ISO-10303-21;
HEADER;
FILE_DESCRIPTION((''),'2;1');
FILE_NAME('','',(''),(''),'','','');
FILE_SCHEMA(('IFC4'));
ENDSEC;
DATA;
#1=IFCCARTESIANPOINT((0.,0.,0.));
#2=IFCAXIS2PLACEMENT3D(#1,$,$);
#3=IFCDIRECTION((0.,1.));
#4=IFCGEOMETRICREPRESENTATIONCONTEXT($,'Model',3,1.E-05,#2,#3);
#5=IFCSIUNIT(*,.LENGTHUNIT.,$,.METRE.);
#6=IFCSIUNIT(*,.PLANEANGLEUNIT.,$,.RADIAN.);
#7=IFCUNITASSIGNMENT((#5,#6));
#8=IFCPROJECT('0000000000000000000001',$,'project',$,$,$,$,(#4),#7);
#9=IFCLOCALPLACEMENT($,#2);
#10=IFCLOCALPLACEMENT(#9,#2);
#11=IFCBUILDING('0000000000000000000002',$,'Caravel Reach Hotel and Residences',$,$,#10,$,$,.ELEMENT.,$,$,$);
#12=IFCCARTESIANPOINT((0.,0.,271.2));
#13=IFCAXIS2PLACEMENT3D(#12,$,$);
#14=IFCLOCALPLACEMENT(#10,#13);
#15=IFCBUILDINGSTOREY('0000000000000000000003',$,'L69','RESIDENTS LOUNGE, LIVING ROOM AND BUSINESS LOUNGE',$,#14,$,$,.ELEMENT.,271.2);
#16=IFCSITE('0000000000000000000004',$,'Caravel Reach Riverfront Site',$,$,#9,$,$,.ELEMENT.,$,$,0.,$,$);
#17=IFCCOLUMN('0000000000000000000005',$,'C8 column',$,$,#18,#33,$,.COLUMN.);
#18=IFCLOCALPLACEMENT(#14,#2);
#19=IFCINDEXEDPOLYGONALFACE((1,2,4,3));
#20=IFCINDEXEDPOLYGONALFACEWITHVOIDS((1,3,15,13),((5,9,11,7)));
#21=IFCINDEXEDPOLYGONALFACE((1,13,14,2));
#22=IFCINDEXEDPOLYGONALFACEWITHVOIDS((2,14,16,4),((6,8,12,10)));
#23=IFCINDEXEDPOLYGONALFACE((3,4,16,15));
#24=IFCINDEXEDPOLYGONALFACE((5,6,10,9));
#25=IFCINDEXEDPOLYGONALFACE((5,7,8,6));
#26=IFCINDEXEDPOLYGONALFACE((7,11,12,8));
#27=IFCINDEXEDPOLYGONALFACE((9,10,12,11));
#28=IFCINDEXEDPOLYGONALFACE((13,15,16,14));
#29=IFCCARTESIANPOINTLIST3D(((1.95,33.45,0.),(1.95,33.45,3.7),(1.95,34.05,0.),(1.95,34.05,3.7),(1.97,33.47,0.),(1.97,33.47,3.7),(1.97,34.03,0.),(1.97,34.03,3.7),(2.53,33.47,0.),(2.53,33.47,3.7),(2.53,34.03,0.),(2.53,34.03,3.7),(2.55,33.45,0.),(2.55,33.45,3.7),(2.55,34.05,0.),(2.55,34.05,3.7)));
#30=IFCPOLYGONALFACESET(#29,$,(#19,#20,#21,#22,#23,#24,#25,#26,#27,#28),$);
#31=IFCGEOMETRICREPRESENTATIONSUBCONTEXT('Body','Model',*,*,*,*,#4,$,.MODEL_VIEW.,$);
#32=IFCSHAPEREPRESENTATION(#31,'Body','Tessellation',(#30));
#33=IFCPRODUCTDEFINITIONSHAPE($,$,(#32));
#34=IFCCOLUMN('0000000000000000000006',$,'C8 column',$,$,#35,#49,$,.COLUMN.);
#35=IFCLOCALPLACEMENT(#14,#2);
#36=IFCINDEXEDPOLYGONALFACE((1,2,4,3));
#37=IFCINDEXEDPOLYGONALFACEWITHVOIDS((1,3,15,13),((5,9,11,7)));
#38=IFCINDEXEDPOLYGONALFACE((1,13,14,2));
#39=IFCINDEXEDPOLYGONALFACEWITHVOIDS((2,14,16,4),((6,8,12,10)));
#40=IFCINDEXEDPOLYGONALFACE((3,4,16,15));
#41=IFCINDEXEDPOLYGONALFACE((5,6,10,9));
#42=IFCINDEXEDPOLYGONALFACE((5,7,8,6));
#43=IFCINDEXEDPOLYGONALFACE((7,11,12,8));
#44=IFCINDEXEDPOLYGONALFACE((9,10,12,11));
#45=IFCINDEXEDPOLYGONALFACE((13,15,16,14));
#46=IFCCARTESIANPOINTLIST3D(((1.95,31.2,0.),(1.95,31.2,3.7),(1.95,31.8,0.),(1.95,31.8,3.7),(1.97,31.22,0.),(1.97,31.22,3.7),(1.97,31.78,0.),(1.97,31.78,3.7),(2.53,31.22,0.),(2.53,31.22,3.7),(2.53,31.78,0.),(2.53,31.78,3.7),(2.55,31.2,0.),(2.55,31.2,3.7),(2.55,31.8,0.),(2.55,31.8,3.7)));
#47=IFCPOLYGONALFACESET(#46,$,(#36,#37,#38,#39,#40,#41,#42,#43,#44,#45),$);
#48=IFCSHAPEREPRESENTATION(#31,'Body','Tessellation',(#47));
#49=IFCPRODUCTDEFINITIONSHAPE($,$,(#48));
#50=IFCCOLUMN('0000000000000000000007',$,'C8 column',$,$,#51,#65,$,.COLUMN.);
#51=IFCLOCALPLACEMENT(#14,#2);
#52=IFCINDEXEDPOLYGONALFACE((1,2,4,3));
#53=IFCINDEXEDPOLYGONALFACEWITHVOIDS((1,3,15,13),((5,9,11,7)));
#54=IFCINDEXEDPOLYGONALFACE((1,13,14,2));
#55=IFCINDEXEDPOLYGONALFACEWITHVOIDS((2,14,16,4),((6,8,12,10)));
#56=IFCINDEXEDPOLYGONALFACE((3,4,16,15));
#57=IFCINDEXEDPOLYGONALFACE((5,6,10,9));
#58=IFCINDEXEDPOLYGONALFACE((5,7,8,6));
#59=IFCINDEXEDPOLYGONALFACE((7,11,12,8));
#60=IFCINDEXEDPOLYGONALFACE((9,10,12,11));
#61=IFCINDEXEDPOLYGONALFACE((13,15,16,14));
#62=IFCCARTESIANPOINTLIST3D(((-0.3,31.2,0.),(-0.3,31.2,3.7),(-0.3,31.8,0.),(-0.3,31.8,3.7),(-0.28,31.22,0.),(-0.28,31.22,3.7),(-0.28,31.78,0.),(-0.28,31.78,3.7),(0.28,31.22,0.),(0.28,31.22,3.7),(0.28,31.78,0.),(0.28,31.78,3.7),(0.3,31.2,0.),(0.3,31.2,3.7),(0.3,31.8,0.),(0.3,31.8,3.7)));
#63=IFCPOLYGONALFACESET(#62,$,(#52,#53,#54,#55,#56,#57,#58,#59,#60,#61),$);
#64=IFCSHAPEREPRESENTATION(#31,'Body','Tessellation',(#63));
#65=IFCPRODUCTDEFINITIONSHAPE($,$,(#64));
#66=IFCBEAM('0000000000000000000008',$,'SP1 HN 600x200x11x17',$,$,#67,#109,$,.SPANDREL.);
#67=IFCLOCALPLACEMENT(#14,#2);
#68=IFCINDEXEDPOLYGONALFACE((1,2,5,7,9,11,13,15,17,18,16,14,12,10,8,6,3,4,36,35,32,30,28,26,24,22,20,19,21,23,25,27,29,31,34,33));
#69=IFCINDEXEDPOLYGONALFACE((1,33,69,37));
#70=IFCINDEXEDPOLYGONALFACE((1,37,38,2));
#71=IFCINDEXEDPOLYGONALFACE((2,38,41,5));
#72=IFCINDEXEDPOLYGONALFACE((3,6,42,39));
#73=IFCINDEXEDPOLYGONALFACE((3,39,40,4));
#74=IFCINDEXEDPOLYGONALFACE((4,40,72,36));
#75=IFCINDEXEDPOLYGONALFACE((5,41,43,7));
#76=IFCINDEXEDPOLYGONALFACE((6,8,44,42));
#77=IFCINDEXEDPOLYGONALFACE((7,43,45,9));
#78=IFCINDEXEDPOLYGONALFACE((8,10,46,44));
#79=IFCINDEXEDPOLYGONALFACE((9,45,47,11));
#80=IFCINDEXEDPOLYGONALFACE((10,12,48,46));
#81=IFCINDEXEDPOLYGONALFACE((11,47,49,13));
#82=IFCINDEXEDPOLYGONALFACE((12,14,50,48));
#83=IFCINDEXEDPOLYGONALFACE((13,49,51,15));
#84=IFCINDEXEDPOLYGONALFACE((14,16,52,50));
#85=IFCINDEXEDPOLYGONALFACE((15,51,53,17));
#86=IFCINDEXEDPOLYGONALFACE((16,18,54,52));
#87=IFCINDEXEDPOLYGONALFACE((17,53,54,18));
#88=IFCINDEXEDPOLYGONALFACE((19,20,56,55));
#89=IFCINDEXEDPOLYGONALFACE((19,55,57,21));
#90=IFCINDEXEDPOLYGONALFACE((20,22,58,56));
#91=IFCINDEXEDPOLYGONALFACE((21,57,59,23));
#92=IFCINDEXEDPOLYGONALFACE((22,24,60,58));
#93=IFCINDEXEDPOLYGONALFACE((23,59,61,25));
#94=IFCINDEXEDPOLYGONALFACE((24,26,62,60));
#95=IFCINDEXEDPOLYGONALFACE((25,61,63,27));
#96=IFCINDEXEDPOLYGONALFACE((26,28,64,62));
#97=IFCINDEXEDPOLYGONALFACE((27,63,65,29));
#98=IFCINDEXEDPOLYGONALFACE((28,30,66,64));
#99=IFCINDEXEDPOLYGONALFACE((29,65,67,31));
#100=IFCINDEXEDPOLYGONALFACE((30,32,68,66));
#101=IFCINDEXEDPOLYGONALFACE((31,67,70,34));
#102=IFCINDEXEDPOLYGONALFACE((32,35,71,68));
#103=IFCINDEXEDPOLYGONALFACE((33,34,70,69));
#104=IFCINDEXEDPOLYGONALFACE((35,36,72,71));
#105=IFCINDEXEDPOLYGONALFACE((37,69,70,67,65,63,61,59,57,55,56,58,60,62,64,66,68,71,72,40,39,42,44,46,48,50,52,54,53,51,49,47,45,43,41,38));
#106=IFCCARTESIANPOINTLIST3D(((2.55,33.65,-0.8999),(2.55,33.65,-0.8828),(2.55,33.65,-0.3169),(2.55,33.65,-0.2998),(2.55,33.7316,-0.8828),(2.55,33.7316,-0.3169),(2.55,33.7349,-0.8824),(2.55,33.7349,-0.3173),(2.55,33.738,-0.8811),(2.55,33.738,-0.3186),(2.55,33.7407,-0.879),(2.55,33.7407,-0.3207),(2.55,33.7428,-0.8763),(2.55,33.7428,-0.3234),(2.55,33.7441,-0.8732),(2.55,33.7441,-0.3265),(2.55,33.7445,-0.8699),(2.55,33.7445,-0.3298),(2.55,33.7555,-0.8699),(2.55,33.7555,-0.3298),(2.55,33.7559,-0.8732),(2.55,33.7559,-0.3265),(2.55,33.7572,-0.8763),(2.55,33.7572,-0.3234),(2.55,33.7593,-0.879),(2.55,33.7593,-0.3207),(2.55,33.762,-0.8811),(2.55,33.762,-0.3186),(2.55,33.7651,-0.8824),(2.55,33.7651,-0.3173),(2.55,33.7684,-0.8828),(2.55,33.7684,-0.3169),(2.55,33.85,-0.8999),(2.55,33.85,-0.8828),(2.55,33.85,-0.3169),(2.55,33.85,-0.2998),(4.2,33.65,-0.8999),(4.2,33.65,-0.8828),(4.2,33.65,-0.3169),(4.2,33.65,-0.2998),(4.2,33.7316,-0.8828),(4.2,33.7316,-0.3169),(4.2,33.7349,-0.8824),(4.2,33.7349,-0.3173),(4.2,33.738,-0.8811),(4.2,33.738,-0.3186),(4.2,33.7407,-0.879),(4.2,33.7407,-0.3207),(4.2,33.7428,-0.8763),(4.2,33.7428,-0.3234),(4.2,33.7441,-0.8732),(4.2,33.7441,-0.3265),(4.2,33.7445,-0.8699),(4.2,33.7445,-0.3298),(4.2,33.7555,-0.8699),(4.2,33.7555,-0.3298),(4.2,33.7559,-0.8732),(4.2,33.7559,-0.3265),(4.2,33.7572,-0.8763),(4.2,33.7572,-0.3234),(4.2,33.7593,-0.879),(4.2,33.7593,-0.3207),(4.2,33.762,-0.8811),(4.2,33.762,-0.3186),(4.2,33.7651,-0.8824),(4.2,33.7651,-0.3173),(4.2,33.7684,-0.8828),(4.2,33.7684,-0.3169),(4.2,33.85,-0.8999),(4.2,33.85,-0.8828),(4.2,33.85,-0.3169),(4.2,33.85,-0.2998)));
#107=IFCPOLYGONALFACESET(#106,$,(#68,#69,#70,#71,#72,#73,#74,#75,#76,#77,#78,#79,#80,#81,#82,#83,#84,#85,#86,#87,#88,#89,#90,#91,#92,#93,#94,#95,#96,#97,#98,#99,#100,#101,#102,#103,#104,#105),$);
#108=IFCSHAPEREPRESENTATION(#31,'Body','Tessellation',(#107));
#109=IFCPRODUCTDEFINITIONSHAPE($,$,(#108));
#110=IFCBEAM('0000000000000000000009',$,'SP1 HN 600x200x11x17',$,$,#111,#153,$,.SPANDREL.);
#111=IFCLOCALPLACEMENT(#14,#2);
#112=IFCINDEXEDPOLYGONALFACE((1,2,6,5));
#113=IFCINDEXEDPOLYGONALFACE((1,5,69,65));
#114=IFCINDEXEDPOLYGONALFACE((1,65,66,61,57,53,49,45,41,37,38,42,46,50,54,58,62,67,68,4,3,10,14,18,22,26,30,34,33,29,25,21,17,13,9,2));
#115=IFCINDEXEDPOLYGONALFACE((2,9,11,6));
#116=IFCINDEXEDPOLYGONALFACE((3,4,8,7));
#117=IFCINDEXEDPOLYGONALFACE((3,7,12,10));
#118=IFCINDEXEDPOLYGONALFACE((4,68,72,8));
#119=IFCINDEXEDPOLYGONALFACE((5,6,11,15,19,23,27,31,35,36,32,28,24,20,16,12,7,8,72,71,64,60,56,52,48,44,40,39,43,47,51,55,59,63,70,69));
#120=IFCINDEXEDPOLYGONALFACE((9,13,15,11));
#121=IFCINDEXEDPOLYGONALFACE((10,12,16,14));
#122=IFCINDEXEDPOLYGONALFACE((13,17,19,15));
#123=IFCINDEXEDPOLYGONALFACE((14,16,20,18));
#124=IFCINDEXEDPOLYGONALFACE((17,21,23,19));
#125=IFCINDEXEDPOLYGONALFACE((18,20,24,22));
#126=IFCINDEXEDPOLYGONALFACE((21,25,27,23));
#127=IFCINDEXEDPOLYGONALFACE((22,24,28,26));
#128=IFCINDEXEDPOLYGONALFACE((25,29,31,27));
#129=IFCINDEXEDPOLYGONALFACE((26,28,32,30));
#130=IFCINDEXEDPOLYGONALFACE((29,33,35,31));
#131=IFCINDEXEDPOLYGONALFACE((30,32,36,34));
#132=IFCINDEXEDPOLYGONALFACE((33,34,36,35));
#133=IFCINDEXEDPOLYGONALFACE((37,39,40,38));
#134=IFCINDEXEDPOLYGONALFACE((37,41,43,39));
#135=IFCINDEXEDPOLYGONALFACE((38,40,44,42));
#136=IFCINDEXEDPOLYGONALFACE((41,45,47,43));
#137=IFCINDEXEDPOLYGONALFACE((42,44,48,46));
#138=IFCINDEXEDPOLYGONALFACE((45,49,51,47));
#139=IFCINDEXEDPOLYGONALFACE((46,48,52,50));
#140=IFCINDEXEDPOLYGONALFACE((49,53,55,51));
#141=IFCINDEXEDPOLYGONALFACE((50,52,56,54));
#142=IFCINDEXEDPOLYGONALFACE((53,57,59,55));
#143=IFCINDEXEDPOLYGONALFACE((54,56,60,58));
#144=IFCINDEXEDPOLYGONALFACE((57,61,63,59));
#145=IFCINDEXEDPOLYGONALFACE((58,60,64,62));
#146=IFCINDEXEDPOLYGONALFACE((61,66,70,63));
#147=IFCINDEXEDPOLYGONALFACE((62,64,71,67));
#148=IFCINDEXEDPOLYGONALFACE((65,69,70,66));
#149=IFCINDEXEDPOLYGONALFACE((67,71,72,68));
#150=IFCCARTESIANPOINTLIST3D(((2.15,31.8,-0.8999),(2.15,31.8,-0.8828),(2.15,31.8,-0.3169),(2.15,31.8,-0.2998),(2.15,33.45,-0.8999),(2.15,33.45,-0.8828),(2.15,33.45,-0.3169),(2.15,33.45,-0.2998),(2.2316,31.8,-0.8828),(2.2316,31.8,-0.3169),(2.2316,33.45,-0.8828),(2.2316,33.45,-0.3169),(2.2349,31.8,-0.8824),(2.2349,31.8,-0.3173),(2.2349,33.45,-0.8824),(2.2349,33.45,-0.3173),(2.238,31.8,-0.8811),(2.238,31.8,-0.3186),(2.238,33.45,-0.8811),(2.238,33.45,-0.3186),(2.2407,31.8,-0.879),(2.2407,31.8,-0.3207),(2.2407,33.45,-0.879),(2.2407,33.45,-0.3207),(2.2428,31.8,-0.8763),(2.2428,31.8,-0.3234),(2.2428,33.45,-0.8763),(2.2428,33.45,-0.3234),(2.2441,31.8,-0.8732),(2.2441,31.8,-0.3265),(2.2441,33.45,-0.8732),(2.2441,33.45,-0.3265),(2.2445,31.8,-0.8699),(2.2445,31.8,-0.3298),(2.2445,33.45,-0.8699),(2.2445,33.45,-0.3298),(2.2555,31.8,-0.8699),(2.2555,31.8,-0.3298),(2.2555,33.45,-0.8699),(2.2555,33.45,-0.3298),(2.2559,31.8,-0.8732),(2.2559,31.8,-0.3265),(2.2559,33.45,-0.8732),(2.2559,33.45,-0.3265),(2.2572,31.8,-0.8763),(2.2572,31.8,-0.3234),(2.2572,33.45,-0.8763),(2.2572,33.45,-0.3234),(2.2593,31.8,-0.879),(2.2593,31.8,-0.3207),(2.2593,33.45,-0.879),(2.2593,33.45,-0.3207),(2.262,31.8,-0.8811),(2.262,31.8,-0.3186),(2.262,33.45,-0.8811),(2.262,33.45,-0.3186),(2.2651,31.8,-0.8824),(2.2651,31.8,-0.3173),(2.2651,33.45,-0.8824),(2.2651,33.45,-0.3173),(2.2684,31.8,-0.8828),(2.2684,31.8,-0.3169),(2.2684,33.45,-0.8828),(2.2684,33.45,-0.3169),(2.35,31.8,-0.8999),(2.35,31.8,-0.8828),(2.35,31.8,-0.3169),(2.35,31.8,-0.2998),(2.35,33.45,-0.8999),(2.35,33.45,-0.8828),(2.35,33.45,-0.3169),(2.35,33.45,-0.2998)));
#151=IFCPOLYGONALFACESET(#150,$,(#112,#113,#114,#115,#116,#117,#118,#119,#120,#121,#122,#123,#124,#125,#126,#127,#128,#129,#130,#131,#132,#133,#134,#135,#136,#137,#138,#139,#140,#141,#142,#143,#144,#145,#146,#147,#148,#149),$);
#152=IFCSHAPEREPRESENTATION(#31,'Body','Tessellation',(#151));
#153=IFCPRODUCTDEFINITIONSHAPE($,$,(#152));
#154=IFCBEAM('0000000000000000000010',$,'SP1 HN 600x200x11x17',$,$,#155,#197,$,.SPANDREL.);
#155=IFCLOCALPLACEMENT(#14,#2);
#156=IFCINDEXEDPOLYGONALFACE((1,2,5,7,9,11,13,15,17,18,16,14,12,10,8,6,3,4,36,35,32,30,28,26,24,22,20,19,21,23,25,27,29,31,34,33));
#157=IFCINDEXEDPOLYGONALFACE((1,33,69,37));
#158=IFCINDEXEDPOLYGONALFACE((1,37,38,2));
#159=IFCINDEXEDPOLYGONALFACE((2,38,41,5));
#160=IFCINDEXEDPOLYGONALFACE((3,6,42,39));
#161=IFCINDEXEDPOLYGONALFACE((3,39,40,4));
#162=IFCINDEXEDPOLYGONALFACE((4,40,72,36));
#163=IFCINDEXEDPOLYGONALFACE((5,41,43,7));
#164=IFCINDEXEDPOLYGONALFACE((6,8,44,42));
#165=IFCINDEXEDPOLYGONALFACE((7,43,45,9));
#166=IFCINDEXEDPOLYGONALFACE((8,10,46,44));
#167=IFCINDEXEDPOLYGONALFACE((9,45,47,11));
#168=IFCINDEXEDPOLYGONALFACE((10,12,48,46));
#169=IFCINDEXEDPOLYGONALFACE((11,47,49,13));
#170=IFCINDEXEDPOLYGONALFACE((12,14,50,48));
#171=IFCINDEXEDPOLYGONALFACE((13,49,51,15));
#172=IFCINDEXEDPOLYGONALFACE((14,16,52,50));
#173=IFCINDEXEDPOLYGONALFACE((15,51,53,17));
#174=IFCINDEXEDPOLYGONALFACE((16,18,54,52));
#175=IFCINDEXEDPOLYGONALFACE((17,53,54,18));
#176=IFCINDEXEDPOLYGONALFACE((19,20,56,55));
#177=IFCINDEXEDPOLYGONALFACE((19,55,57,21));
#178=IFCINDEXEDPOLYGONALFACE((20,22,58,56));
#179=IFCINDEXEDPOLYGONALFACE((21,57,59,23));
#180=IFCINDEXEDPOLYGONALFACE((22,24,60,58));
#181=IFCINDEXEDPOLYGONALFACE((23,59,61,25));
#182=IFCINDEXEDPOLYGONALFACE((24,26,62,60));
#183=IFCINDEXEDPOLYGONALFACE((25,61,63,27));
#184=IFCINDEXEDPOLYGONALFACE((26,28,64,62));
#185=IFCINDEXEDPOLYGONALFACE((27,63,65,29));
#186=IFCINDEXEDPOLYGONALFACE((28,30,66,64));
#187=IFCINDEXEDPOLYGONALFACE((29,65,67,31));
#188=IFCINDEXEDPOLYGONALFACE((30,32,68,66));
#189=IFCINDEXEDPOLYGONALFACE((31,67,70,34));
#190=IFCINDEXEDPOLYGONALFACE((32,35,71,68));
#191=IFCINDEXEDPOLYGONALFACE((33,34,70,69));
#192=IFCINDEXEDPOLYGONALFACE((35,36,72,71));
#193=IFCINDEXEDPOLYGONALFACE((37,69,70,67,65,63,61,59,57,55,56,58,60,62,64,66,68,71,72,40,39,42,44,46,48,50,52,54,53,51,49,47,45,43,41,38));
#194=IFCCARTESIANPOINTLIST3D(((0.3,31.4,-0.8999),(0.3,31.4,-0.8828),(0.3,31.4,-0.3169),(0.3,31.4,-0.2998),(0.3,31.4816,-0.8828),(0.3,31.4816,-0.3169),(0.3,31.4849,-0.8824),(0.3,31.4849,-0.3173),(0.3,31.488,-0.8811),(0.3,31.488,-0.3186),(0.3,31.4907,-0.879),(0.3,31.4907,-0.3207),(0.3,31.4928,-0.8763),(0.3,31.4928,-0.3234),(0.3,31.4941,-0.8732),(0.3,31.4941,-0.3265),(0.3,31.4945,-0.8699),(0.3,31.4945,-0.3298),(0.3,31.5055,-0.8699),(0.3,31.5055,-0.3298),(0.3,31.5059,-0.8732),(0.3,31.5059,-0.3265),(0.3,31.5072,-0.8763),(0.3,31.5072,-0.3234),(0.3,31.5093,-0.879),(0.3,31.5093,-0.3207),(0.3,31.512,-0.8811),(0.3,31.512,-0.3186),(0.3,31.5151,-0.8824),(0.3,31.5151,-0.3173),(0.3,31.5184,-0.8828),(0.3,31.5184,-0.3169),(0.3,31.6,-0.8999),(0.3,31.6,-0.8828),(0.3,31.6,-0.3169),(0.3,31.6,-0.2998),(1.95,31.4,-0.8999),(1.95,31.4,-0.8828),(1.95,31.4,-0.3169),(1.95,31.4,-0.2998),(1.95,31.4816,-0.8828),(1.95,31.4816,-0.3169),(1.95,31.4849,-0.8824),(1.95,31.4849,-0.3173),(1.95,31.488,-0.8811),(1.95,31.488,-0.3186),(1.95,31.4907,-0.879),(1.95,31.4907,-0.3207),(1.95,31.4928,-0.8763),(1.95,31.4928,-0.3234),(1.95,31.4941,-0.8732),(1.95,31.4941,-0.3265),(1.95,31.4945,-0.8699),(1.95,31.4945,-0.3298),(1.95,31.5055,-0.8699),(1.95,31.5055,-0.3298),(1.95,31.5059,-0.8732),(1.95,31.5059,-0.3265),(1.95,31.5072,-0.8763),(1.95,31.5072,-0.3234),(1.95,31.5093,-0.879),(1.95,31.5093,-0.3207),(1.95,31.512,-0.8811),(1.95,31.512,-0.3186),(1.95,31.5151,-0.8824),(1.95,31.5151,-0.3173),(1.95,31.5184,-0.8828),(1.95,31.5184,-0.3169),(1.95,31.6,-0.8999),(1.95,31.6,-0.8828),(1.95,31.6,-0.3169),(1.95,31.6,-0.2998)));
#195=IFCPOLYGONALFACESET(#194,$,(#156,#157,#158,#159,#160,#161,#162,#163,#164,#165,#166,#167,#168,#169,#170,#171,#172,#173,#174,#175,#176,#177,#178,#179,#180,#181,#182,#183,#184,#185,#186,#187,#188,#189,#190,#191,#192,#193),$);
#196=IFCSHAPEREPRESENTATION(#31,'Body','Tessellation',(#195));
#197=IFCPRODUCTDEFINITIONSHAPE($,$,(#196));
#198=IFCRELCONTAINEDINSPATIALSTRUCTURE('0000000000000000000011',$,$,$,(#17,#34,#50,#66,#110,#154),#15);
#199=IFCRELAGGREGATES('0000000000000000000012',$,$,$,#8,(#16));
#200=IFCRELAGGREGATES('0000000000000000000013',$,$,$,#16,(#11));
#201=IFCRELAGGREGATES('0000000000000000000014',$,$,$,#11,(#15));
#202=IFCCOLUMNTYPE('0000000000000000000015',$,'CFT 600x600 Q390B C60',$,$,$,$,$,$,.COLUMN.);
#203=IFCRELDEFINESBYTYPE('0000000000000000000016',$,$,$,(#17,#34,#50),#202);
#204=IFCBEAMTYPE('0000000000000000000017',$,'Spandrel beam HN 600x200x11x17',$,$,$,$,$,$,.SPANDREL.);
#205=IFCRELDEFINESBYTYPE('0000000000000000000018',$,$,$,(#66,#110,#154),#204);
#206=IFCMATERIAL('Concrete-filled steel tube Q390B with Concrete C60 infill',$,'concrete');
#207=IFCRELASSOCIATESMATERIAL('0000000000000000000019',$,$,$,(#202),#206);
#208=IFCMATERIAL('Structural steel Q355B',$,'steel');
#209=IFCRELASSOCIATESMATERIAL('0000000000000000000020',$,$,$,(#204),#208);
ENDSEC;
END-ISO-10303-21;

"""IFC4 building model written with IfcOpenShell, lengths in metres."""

from ifc_helpers import new_model, si_unit, direction, frame, origin, origin_2d, place, context, subcontext, project, spatial, hollow_rectangle, i_section, extrude, material, material_profile, profile_set, type_object, element, save


model = new_model("IFC4")

# Units and contexts
model_context = context("Model", 3, precision=1e-05, world=origin(), true_north=direction((0.0, 1.0)))
body_context = subcontext(model_context, "Body", "Model", "MODEL_VIEW")
ifc_project = project(units=[si_unit("LENGTHUNIT", "METRE"), si_unit("PLANEANGLEUNIT", "RADIAN")], contexts=[model_context])

# Site, building, storey
site_placement = place(None, origin())
site = spatial("IfcSite", under=ifc_project, at=site_placement, Name="Caravel Reach Riverfront Site", CompositionType="ELEMENT", RefElevation=0.0)
building_placement = place(site_placement, origin())
building = spatial("IfcBuilding", under=site, at=building_placement, Name="Caravel Reach Hotel and Residences", CompositionType="ELEMENT")
storey_placement = place(building_placement, frame((0.0, 0.0, 271.2)))
storey = spatial("IfcBuildingStorey", under=building, at=storey_placement, Name="L69", Description="RESIDENTS LOUNGE, LIVING ROOM AND BUSINESS LOUNGE", CompositionType="ELEMENT", Elevation=271.2)

# Columns
ifc_material_1 = material(Name="Concrete-filled steel tube Q390B with Concrete C60 infill", Category="concrete")
ifc_material_profile_1 = material_profile(ifc_material_1, hollow_rectangle(XDim=0.6001, YDim=0.6001, WallThickness=0.02, at=origin_2d()), Name="RHS 600x600x20")
ifc_profile_set_1 = profile_set([ifc_material_profile_1], Name="Concrete-filled steel tube Q390B with Concrete C60 infill")
column_type = type_object("IfcColumnType", Name="CFT 600x600 Q390B C60", PredefinedType="COLUMN", material=ifc_profile_set_1)
for number, where, z_axis, x_axis, name in (
    (1, (2.25, 33.75, 0.0), (0.0, 0.0, 1.0), (1.0, 0.0, 0.0), "C8 column"),
    (2, (2.25, 31.5, 0.0), (0.0, 0.0, 1.0), (1.0, 0.0, 0.0), "C8 column"),
    (3, (0.0, 31.5, 0.0), (0.0, 0.0, 1.0), (1.0, 0.0, 0.0), "C8 column"),
):
    element("IfcColumn", number, at=place(storey_placement, frame(where, z_axis=z_axis, x_axis=x_axis)), inside=storey, type_object=column_type, Name=name, PredefinedType="COLUMN", context=body_context, shape_type="SweptSolid", body=[
        extrude(hollow_rectangle(XDim=0.6001, YDim=0.6001, WallThickness=0.02, at=origin_2d()), origin(), (0.0, 0.0, 1.0), 3.7),
    ])

# Beams
ifc_material_2 = material(Name="Structural steel Q355B", Category="steel")
ifc_material_profile_2 = material_profile(ifc_material_2, i_section(OverallWidth=0.2, OverallDepth=0.6001, WebThickness=0.011, FlangeThickness=0.0171, FilletRadius=0.0129, at=origin_2d()), Name="HN 600x200x11x17")
ifc_profile_set_2 = profile_set([ifc_material_profile_2], Name="Structural steel Q355B")
beam_type = type_object("IfcBeamType", Name="Spandrel beam HN 600x200x11x17", PredefinedType="SPANDREL", material=ifc_profile_set_2)
for number, where, z_axis, x_axis, name in (
    (4, (4.2, 33.75, -0.5999), (-1.0, 0.0, 0.0), (0.0, -1.0, 0.0), "SP1 HN 600x200x11x17"),
    (5, (2.25, 33.45, -0.5999), (0.0, -1.0, 0.0), (1.0, 0.0, 0.0), "SP1 HN 600x200x11x17"),
    (6, (1.95, 31.5, -0.5999), (-1.0, 0.0, 0.0), (0.0, -1.0, 0.0), "SP1 HN 600x200x11x17"),
):
    element("IfcBeam", number, at=place(storey_placement, frame(where, z_axis=z_axis, x_axis=x_axis)), inside=storey, type_object=beam_type, Name=name, PredefinedType="SPANDREL", context=body_context, shape_type="SweptSolid", body=[
        extrude(i_section(OverallWidth=0.2, OverallDepth=0.6001, WebThickness=0.011, FlangeThickness=0.0171, FilletRadius=0.0129, at=origin_2d()), origin(), (0.0, 0.0, 1.0), 1.6499),
    ])

save(model, "model.ifc")
